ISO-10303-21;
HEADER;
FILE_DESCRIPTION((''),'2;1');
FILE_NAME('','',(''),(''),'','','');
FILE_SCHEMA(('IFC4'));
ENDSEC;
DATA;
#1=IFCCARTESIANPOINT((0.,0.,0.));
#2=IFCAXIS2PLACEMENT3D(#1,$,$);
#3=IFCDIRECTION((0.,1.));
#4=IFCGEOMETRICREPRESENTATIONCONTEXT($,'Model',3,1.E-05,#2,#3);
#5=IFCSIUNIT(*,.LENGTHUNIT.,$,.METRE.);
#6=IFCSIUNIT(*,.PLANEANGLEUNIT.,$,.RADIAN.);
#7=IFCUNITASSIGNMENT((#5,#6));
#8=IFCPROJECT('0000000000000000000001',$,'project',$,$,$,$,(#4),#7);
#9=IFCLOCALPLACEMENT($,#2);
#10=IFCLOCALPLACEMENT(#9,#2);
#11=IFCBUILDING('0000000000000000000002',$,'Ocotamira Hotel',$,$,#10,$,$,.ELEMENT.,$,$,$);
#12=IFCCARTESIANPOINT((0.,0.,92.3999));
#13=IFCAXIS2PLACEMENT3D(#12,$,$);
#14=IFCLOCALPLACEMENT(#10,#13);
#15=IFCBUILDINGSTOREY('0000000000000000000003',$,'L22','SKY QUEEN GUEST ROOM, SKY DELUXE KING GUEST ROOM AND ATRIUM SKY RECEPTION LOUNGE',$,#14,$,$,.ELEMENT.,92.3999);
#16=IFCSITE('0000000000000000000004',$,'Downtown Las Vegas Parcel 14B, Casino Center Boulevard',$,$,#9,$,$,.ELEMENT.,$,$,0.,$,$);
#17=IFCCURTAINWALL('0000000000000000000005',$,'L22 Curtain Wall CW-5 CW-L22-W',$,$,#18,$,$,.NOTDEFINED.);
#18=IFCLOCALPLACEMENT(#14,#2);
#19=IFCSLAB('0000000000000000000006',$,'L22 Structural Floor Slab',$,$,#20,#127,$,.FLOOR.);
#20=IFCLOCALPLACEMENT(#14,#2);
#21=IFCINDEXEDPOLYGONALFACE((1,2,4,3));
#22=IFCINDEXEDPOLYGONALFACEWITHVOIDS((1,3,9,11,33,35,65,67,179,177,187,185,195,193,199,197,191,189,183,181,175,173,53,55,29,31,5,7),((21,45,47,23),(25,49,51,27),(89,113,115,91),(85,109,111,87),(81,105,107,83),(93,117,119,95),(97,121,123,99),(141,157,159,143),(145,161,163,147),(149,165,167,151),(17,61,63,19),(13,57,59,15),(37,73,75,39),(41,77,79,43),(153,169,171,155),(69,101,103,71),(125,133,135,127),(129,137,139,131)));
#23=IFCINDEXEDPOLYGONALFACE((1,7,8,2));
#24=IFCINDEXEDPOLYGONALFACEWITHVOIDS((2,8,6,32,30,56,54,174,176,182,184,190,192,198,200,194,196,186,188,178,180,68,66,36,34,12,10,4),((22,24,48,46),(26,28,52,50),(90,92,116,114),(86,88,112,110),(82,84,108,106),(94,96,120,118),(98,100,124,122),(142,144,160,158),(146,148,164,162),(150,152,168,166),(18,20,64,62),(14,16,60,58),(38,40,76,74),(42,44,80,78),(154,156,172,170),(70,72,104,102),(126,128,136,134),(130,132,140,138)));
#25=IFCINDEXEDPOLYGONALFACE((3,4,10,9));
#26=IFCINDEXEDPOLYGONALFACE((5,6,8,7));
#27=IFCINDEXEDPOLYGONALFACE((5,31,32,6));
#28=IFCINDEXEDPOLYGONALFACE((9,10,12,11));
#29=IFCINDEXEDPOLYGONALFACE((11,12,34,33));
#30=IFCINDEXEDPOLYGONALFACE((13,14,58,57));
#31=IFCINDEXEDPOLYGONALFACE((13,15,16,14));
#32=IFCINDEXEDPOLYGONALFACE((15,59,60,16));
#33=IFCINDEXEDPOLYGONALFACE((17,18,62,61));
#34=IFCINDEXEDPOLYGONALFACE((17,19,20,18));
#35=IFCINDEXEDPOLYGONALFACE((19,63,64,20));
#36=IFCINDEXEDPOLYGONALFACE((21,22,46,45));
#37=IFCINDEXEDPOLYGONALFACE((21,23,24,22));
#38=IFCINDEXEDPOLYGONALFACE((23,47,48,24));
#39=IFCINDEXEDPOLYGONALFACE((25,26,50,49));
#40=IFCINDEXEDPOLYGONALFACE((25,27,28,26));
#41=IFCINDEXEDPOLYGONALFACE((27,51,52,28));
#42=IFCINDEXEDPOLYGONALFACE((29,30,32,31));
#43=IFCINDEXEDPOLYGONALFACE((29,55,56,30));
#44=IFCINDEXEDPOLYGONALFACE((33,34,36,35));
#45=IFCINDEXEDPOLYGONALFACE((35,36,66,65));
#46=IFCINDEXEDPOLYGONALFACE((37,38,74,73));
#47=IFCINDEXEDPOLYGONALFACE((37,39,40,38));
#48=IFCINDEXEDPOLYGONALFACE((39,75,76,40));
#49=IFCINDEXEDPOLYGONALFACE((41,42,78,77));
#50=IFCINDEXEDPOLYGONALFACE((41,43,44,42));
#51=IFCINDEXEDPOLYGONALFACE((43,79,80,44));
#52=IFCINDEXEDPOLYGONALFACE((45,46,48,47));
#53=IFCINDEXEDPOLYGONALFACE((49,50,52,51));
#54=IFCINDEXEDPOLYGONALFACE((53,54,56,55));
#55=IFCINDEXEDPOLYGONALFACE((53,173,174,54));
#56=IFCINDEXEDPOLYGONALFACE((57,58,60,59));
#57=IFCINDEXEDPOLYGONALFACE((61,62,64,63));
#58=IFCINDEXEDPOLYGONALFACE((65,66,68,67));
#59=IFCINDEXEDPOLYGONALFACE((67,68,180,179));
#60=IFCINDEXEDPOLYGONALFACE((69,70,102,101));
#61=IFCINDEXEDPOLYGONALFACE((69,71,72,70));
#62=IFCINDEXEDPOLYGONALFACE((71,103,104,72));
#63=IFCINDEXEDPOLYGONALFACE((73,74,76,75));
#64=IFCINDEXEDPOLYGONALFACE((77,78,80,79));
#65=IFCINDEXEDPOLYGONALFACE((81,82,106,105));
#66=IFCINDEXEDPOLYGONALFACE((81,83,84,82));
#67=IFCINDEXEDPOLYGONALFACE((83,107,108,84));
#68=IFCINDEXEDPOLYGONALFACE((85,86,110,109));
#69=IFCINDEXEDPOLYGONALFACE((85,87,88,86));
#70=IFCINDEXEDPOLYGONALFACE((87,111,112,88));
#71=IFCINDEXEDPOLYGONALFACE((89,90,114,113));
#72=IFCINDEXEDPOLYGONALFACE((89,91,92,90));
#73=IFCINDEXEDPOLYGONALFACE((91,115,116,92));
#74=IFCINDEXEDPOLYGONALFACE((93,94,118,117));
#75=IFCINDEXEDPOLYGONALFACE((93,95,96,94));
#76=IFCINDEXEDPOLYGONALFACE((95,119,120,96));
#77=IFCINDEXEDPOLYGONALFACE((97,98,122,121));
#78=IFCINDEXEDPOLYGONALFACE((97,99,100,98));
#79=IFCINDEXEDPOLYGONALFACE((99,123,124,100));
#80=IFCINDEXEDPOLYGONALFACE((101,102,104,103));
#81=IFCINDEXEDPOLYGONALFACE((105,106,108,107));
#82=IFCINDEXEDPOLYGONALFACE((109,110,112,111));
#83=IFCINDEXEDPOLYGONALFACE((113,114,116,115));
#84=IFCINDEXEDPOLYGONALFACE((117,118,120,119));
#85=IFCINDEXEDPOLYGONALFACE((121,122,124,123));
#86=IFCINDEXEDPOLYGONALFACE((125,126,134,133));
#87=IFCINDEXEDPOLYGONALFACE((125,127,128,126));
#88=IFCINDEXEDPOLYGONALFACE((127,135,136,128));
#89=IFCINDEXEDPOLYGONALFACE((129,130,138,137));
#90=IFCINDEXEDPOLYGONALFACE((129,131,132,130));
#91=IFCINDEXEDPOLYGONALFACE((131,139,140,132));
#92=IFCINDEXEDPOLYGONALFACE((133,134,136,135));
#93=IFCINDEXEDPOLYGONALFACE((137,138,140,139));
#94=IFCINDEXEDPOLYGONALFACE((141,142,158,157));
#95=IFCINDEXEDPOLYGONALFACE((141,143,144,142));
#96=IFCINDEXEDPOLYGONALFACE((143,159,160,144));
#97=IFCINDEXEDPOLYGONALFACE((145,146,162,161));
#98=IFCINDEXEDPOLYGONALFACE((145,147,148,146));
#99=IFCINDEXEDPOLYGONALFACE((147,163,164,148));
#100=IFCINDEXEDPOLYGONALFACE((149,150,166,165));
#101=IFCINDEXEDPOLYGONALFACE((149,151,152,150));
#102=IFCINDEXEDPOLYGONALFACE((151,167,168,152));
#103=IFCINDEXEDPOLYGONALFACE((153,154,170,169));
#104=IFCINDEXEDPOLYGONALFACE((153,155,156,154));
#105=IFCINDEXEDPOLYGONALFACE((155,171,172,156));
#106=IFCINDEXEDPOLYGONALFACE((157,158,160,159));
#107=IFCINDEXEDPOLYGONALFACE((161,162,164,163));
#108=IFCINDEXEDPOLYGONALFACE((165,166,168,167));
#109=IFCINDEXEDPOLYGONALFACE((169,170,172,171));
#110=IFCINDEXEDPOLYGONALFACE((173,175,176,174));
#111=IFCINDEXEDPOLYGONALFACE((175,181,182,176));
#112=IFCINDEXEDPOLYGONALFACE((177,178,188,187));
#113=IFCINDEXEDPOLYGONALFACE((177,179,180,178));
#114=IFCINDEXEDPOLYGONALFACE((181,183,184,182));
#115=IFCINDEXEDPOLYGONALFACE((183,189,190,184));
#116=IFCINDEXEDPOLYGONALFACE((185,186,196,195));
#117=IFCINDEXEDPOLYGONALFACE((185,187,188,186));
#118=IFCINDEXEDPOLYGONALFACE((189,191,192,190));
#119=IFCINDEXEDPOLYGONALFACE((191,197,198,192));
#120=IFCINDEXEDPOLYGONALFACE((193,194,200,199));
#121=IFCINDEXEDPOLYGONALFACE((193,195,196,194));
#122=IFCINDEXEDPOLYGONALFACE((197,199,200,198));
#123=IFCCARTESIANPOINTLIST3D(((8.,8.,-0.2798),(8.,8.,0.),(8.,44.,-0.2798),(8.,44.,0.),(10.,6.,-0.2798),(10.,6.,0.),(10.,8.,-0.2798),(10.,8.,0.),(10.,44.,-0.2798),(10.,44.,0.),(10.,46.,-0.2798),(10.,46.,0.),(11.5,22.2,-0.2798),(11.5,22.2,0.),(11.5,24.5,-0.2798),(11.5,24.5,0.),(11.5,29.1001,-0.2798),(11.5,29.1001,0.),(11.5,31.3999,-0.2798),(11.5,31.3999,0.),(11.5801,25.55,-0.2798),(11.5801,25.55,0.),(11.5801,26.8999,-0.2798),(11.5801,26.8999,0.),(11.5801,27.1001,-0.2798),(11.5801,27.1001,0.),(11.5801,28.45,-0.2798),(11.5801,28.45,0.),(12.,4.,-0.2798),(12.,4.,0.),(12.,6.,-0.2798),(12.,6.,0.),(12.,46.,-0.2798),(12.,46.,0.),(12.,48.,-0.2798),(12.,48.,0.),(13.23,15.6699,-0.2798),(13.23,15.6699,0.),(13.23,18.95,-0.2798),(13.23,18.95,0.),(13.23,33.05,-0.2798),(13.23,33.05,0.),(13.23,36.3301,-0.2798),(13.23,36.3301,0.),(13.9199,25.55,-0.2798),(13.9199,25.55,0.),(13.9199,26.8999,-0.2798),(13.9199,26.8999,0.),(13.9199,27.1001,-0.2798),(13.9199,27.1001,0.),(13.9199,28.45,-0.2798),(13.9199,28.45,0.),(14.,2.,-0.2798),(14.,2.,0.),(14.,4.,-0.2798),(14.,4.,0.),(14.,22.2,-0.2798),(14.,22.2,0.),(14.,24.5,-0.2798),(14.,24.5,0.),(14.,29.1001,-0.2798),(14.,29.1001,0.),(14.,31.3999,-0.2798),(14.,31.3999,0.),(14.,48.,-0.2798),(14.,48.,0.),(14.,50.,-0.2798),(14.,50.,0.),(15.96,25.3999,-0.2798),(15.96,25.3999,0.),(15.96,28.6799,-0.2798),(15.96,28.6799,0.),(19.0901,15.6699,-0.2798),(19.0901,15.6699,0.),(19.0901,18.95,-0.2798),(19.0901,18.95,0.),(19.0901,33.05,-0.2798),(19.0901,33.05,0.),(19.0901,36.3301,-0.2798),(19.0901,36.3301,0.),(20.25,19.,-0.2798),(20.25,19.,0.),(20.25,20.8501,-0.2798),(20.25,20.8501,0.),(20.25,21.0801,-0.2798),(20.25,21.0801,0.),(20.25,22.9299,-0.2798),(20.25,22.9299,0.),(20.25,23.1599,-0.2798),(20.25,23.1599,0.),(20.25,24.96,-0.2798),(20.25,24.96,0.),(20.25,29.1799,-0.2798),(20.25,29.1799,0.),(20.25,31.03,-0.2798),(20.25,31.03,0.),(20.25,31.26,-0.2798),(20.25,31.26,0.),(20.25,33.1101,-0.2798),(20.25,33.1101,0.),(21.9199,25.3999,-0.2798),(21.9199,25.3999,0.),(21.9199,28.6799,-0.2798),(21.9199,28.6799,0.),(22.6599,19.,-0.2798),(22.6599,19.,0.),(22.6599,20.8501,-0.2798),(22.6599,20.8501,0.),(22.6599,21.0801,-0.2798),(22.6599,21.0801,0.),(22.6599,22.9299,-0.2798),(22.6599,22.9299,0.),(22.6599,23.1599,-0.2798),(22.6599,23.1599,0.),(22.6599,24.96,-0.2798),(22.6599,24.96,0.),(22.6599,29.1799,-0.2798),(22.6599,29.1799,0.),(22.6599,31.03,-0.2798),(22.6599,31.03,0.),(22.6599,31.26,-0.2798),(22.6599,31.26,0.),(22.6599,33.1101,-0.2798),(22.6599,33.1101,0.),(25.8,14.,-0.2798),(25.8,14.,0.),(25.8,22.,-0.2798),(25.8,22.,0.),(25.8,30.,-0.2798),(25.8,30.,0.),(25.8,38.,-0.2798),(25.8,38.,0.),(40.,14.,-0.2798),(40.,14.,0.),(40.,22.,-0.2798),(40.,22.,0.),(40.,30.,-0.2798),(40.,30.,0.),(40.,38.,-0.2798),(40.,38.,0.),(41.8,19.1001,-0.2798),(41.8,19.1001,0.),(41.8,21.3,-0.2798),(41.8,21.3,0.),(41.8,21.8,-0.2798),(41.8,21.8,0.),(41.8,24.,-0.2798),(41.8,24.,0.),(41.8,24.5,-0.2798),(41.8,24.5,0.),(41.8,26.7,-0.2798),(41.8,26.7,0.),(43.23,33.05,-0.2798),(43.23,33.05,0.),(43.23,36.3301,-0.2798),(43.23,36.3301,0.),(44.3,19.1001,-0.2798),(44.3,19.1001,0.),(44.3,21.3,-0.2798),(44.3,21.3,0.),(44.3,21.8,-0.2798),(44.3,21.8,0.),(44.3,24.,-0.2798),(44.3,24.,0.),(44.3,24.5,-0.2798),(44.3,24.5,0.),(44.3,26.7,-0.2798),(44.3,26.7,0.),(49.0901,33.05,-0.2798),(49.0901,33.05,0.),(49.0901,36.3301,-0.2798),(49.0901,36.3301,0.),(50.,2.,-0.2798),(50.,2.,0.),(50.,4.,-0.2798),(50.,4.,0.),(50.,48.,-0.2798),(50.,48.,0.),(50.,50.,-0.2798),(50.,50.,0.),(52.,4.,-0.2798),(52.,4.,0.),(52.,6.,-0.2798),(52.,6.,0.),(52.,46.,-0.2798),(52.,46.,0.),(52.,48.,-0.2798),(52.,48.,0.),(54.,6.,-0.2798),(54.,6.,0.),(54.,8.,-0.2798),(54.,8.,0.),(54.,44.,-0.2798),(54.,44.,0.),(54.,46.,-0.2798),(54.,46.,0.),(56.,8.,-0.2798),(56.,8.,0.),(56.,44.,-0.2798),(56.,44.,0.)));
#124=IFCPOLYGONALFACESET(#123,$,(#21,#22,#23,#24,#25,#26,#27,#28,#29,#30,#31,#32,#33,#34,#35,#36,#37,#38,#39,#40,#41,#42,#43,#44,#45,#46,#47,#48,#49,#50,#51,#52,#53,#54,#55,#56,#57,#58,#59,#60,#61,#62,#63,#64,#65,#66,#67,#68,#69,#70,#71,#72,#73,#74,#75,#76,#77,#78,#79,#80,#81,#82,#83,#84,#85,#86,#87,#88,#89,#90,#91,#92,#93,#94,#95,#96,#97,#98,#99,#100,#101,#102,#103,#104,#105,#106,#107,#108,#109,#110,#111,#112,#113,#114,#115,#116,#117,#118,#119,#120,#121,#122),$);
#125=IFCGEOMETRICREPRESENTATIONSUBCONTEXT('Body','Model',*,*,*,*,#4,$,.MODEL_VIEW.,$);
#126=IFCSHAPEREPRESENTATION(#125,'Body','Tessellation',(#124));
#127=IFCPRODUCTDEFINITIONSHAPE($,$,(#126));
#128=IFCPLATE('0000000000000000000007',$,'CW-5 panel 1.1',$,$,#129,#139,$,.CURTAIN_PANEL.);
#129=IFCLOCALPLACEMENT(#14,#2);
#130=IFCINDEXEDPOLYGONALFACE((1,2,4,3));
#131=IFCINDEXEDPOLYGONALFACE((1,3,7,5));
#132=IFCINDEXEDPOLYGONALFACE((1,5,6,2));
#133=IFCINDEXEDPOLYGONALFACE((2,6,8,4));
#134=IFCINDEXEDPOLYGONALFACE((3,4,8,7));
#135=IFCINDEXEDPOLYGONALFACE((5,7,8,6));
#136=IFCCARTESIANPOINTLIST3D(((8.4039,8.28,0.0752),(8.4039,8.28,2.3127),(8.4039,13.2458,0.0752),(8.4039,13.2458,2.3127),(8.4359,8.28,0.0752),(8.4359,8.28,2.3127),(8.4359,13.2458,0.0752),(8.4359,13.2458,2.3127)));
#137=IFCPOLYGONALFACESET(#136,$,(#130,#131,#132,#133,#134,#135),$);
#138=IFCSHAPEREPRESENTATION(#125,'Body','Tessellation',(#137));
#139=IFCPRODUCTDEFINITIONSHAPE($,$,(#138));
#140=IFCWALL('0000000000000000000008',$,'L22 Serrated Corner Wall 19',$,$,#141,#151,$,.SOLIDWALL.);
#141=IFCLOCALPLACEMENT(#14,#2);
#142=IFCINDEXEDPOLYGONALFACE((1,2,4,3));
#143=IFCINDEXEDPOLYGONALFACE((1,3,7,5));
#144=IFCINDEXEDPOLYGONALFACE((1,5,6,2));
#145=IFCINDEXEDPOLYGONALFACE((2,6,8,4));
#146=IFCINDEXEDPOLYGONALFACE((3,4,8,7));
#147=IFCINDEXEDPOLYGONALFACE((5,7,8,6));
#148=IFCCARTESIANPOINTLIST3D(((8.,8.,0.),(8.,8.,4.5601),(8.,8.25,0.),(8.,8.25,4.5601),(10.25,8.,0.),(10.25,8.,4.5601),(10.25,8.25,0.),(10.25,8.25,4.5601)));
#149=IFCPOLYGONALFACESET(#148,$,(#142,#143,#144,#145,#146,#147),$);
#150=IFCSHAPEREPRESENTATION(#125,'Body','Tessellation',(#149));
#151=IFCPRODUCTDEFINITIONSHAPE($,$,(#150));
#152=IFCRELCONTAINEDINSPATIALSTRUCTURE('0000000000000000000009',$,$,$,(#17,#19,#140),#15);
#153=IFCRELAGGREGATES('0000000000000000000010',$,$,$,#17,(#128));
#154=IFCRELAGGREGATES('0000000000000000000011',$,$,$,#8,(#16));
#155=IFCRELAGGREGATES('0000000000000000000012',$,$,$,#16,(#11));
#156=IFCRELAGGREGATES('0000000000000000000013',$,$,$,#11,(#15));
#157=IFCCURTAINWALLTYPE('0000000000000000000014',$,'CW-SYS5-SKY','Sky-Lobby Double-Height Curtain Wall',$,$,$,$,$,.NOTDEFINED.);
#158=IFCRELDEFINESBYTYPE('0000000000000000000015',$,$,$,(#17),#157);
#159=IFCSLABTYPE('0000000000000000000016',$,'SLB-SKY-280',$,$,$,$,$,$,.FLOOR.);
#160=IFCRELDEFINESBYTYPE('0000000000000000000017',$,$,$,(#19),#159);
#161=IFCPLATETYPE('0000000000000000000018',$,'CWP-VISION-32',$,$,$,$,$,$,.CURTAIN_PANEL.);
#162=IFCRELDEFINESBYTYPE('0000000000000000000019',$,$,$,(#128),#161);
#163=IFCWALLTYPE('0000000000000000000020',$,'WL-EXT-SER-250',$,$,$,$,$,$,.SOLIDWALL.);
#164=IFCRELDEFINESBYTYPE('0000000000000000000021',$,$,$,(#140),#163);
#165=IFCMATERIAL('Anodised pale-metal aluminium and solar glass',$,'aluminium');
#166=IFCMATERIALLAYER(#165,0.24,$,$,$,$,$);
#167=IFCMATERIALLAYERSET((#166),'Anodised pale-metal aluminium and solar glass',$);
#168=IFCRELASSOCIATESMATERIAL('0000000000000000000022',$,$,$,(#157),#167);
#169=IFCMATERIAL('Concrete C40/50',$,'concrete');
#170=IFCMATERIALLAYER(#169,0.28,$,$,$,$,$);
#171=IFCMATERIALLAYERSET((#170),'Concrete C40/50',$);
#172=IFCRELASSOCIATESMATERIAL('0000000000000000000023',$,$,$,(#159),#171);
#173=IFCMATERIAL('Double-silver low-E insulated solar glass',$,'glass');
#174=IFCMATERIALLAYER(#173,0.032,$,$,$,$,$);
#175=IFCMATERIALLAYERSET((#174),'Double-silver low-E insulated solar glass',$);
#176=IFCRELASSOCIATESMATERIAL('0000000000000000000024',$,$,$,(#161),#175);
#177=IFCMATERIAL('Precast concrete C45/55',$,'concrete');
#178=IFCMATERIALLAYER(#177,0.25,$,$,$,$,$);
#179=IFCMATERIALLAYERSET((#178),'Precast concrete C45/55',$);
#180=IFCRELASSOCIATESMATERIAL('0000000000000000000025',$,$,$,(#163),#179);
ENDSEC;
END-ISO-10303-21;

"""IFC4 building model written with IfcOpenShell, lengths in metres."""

from ifc_helpers import new_model, si_unit, direction, frame, frame_2d, origin, origin_2d, place, context, subcontext, project, spatial, polyline, rectangle, outline, extrude, source, transform, mapped, material, layer, layer_set, type_object, element, aggregate, save


model = new_model("IFC4")

# Units and contexts
model_context = context("Model", 3, precision=1e-05, world=origin(), true_north=direction((0.0, 1.0)))
body_context = subcontext(model_context, "Body", "Model", "MODEL_VIEW")
ifc_project = project(units=[si_unit("LENGTHUNIT", "METRE"), si_unit("PLANEANGLEUNIT", "RADIAN")], contexts=[model_context])

# Site, building, storey
site_placement = place(None, origin())
site = spatial("IfcSite", under=ifc_project, at=site_placement, Name="Downtown Las Vegas Parcel 14B, Casino Center Boulevard", CompositionType="ELEMENT", RefElevation=0.0)
building_placement = place(site_placement, origin())
building = spatial("IfcBuilding", under=site, at=building_placement, Name="Ocotamira Hotel", CompositionType="ELEMENT")
storey_placement = place(building_placement, frame((0.0, 0.0, 92.3999)))
storey = spatial("IfcBuildingStorey", under=building, at=storey_placement, Name="L22", Description="SKY QUEEN GUEST ROOM, SKY DELUXE KING GUEST ROOM AND ATRIUM SKY RECEPTION LOUNGE", CompositionType="ELEMENT", Elevation=92.3999)

# Curtain wall
ifc_material_1 = material(Name="Anodised pale-metal aluminium and solar glass", Category="aluminium")
ifc_layer_1 = layer(ifc_material_1, 0.24)
ifc_layer_set_1 = layer_set([ifc_layer_1], Name="Anodised pale-metal aluminium and solar glass")
curtain_wall_type = type_object("IfcCurtainWallType", Name="CW-SYS5-SKY", Description="Sky-Lobby Double-Height Curtain Wall", PredefinedType="NOTDEFINED", material=ifc_layer_set_1)
curtain_wall_placement = place(storey_placement, origin())
curtain_wall = element("IfcCurtainWall", 1, at=curtain_wall_placement, inside=storey, type_object=curtain_wall_type, Name="L22 Curtain Wall CW-5 CW-L22-W", PredefinedType="NOTDEFINED")

# Shared definitions
ifc_material_2 = material(Name="Concrete C40/50", Category="concrete")

# Slab
ifc_layer_2 = layer(ifc_material_2, 0.28)
ifc_layer_set_2 = layer_set([ifc_layer_2], Name="Concrete C40/50")
slab_type_1 = type_object("IfcSlabType", Name="SLB-SKY-280", PredefinedType="FLOOR", material=ifc_layer_set_2)
slab_1_placement = place(storey_placement, frame((0.0, 0.0, -0.2798)))
element("IfcSlab", 2, at=slab_1_placement, inside=storey, type_object=slab_type_1, Name="L22 Structural Floor Slab", PredefinedType="FLOOR", context=body_context, shape_type="SweptSolid", body=[
    extrude(outline(polyline([(14.0, 2.0), (50.0, 2.0), (50.0, 4.0), (52.0, 4.0), (52.0, 6.0), (54.0, 6.0), (54.0, 8.0), (56.0, 8.0), (56.0, 44.0), (54.0, 44.0), (54.0, 46.0), (52.0, 46.0), (52.0, 48.0), (50.0, 48.0), (50.0, 50.0), (14.0, 50.0), (14.0, 48.0), (12.0, 48.0), (12.0, 46.0), (10.0, 46.0), (10.0, 44.0), (8.0, 44.0), (8.0, 8.0), (10.0, 8.0), (10.0, 6.0), (12.0, 6.0), (12.0, 4.0), (14.0, 4.0), (14.0, 2.0)]), holes=[polyline([(25.8, 14.0), (40.0, 14.0), (40.0, 22.0), (25.8, 22.0), (25.8, 14.0)]), polyline([(25.8, 30.0), (40.0, 30.0), (40.0, 38.0), (25.8, 38.0), (25.8, 30.0)]), polyline([(13.23, 15.6699), (19.0901, 15.6699), (19.0901, 18.95), (13.23, 18.95), (13.23, 15.6699)]), polyline([(13.23, 33.05), (19.0901, 33.05), (19.0901, 36.3301), (13.23, 36.3301), (13.23, 33.05)]), polyline([(15.96, 25.3999), (21.9199, 25.3999), (21.9199, 28.6799), (15.96, 28.6799), (15.96, 25.3999)]), polyline([(43.23, 33.05), (49.0901, 33.05), (49.0901, 36.3301), (43.23, 36.3301), (43.23, 33.05)]), polyline([(41.8, 19.1001), (44.3, 19.1001), (44.3, 21.3), (41.8, 21.3), (41.8, 19.1001)]), polyline([(41.8, 21.8), (44.3, 21.8), (44.3, 24.0), (41.8, 24.0), (41.8, 21.8)]), polyline([(41.8, 24.5), (44.3, 24.5), (44.3, 26.7), (41.8, 26.7), (41.8, 24.5)]), polyline([(20.25, 19.0), (22.6599, 19.0), (22.6599, 20.8501), (20.25, 20.8501), (20.25, 19.0)]), polyline([(20.25, 21.0801), (22.6599, 21.0801), (22.6599, 22.9299), (20.25, 22.9299), (20.25, 21.0801)]), polyline([(20.25, 23.1599), (22.6599, 23.1599), (22.6599, 24.96), (20.25, 24.96), (20.25, 23.1599)]), polyline([(20.25, 29.1799), (22.6599, 29.1799), (22.6599, 31.03), (20.25, 31.03), (20.25, 29.1799)]), polyline([(20.25, 31.26), (22.6599, 31.26), (22.6599, 33.1101), (20.25, 33.1101), (20.25, 31.26)]), polyline([(11.5, 22.2), (14.0, 22.2), (14.0, 24.5), (11.5, 24.5), (11.5, 22.2)]), polyline([(11.5, 29.1001), (14.0, 29.1001), (14.0, 31.3999), (11.5, 31.3999), (11.5, 29.1001)]), polyline([(11.5801, 25.55), (13.9199, 25.55), (13.9199, 26.8999), (11.5801, 26.8999), (11.5801, 25.55)]), polyline([(11.5801, 27.1001), (13.9199, 27.1001), (13.9199, 28.45), (11.5801, 28.45), (11.5801, 27.1001)])]), origin(), (0.0, 0.0, 1.0), 0.2798),
])

# Plate
ifc_material_3 = material(Name="Double-silver low-E insulated solar glass", Category="glass")
ifc_layer_3 = layer(ifc_material_3, 0.032)
ifc_layer_set_3 = layer_set([ifc_layer_3], Name="Double-silver low-E insulated solar glass")
plate_type = type_object("IfcPlateType", Name="CWP-VISION-32", PredefinedType="CURTAIN_PANEL", material=ifc_layer_set_3)
shared_shape_1 = source(origin(), body_context, "Body", "SweptSolid", [
    extrude(rectangle(XDim=4.9658, YDim=0.032, at=origin_2d()), origin(), (0.0, 0.0, 1.0), 2.2375),
])
plate_placement = place(storey_placement, frame((8.4199, 10.7629, 0.0752), z_axis=(0.0, 0.0, 1.0), x_axis=(0.0, 1.0, 0.0)))
plate = element("IfcPlate", 3, at=plate_placement, type_object=plate_type, Name="CW-5 panel 1.1", PredefinedType="CURTAIN_PANEL", context=body_context, shape_type="MappedRepresentation", body=[
    mapped(shared_shape_1, transform((0.0, 0.0, 0.0), scale=1.0)),
])
aggregate(curtain_wall, [plate])

# Wall
ifc_material_4 = material(Name="Precast concrete C45/55", Category="concrete")
ifc_layer_4 = layer(ifc_material_4, 0.25)
ifc_layer_set_4 = layer_set([ifc_layer_4], Name="Precast concrete C45/55")
wall_type_1 = type_object("IfcWallType", Name="WL-EXT-SER-250", PredefinedType="SOLIDWALL", material=ifc_layer_set_4)
wall_1_placement = place(storey_placement, frame((8.0, 8.125, 0.0), z_axis=(0.0, 0.0, 1.0), x_axis=(1.0, 0.0, 0.0)))
element("IfcWall", 4, at=wall_1_placement, inside=storey, type_object=wall_type_1, Name="L22 Serrated Corner Wall 19", PredefinedType="SOLIDWALL", context=body_context, shape_type="SweptSolid", body=[
    extrude(rectangle(XDim=2.25, YDim=0.25, at=frame_2d((1.125, 0.0))), origin(), (0.0, 0.0, 1.0), 4.5601),
])

save(model, "model.ifc")
